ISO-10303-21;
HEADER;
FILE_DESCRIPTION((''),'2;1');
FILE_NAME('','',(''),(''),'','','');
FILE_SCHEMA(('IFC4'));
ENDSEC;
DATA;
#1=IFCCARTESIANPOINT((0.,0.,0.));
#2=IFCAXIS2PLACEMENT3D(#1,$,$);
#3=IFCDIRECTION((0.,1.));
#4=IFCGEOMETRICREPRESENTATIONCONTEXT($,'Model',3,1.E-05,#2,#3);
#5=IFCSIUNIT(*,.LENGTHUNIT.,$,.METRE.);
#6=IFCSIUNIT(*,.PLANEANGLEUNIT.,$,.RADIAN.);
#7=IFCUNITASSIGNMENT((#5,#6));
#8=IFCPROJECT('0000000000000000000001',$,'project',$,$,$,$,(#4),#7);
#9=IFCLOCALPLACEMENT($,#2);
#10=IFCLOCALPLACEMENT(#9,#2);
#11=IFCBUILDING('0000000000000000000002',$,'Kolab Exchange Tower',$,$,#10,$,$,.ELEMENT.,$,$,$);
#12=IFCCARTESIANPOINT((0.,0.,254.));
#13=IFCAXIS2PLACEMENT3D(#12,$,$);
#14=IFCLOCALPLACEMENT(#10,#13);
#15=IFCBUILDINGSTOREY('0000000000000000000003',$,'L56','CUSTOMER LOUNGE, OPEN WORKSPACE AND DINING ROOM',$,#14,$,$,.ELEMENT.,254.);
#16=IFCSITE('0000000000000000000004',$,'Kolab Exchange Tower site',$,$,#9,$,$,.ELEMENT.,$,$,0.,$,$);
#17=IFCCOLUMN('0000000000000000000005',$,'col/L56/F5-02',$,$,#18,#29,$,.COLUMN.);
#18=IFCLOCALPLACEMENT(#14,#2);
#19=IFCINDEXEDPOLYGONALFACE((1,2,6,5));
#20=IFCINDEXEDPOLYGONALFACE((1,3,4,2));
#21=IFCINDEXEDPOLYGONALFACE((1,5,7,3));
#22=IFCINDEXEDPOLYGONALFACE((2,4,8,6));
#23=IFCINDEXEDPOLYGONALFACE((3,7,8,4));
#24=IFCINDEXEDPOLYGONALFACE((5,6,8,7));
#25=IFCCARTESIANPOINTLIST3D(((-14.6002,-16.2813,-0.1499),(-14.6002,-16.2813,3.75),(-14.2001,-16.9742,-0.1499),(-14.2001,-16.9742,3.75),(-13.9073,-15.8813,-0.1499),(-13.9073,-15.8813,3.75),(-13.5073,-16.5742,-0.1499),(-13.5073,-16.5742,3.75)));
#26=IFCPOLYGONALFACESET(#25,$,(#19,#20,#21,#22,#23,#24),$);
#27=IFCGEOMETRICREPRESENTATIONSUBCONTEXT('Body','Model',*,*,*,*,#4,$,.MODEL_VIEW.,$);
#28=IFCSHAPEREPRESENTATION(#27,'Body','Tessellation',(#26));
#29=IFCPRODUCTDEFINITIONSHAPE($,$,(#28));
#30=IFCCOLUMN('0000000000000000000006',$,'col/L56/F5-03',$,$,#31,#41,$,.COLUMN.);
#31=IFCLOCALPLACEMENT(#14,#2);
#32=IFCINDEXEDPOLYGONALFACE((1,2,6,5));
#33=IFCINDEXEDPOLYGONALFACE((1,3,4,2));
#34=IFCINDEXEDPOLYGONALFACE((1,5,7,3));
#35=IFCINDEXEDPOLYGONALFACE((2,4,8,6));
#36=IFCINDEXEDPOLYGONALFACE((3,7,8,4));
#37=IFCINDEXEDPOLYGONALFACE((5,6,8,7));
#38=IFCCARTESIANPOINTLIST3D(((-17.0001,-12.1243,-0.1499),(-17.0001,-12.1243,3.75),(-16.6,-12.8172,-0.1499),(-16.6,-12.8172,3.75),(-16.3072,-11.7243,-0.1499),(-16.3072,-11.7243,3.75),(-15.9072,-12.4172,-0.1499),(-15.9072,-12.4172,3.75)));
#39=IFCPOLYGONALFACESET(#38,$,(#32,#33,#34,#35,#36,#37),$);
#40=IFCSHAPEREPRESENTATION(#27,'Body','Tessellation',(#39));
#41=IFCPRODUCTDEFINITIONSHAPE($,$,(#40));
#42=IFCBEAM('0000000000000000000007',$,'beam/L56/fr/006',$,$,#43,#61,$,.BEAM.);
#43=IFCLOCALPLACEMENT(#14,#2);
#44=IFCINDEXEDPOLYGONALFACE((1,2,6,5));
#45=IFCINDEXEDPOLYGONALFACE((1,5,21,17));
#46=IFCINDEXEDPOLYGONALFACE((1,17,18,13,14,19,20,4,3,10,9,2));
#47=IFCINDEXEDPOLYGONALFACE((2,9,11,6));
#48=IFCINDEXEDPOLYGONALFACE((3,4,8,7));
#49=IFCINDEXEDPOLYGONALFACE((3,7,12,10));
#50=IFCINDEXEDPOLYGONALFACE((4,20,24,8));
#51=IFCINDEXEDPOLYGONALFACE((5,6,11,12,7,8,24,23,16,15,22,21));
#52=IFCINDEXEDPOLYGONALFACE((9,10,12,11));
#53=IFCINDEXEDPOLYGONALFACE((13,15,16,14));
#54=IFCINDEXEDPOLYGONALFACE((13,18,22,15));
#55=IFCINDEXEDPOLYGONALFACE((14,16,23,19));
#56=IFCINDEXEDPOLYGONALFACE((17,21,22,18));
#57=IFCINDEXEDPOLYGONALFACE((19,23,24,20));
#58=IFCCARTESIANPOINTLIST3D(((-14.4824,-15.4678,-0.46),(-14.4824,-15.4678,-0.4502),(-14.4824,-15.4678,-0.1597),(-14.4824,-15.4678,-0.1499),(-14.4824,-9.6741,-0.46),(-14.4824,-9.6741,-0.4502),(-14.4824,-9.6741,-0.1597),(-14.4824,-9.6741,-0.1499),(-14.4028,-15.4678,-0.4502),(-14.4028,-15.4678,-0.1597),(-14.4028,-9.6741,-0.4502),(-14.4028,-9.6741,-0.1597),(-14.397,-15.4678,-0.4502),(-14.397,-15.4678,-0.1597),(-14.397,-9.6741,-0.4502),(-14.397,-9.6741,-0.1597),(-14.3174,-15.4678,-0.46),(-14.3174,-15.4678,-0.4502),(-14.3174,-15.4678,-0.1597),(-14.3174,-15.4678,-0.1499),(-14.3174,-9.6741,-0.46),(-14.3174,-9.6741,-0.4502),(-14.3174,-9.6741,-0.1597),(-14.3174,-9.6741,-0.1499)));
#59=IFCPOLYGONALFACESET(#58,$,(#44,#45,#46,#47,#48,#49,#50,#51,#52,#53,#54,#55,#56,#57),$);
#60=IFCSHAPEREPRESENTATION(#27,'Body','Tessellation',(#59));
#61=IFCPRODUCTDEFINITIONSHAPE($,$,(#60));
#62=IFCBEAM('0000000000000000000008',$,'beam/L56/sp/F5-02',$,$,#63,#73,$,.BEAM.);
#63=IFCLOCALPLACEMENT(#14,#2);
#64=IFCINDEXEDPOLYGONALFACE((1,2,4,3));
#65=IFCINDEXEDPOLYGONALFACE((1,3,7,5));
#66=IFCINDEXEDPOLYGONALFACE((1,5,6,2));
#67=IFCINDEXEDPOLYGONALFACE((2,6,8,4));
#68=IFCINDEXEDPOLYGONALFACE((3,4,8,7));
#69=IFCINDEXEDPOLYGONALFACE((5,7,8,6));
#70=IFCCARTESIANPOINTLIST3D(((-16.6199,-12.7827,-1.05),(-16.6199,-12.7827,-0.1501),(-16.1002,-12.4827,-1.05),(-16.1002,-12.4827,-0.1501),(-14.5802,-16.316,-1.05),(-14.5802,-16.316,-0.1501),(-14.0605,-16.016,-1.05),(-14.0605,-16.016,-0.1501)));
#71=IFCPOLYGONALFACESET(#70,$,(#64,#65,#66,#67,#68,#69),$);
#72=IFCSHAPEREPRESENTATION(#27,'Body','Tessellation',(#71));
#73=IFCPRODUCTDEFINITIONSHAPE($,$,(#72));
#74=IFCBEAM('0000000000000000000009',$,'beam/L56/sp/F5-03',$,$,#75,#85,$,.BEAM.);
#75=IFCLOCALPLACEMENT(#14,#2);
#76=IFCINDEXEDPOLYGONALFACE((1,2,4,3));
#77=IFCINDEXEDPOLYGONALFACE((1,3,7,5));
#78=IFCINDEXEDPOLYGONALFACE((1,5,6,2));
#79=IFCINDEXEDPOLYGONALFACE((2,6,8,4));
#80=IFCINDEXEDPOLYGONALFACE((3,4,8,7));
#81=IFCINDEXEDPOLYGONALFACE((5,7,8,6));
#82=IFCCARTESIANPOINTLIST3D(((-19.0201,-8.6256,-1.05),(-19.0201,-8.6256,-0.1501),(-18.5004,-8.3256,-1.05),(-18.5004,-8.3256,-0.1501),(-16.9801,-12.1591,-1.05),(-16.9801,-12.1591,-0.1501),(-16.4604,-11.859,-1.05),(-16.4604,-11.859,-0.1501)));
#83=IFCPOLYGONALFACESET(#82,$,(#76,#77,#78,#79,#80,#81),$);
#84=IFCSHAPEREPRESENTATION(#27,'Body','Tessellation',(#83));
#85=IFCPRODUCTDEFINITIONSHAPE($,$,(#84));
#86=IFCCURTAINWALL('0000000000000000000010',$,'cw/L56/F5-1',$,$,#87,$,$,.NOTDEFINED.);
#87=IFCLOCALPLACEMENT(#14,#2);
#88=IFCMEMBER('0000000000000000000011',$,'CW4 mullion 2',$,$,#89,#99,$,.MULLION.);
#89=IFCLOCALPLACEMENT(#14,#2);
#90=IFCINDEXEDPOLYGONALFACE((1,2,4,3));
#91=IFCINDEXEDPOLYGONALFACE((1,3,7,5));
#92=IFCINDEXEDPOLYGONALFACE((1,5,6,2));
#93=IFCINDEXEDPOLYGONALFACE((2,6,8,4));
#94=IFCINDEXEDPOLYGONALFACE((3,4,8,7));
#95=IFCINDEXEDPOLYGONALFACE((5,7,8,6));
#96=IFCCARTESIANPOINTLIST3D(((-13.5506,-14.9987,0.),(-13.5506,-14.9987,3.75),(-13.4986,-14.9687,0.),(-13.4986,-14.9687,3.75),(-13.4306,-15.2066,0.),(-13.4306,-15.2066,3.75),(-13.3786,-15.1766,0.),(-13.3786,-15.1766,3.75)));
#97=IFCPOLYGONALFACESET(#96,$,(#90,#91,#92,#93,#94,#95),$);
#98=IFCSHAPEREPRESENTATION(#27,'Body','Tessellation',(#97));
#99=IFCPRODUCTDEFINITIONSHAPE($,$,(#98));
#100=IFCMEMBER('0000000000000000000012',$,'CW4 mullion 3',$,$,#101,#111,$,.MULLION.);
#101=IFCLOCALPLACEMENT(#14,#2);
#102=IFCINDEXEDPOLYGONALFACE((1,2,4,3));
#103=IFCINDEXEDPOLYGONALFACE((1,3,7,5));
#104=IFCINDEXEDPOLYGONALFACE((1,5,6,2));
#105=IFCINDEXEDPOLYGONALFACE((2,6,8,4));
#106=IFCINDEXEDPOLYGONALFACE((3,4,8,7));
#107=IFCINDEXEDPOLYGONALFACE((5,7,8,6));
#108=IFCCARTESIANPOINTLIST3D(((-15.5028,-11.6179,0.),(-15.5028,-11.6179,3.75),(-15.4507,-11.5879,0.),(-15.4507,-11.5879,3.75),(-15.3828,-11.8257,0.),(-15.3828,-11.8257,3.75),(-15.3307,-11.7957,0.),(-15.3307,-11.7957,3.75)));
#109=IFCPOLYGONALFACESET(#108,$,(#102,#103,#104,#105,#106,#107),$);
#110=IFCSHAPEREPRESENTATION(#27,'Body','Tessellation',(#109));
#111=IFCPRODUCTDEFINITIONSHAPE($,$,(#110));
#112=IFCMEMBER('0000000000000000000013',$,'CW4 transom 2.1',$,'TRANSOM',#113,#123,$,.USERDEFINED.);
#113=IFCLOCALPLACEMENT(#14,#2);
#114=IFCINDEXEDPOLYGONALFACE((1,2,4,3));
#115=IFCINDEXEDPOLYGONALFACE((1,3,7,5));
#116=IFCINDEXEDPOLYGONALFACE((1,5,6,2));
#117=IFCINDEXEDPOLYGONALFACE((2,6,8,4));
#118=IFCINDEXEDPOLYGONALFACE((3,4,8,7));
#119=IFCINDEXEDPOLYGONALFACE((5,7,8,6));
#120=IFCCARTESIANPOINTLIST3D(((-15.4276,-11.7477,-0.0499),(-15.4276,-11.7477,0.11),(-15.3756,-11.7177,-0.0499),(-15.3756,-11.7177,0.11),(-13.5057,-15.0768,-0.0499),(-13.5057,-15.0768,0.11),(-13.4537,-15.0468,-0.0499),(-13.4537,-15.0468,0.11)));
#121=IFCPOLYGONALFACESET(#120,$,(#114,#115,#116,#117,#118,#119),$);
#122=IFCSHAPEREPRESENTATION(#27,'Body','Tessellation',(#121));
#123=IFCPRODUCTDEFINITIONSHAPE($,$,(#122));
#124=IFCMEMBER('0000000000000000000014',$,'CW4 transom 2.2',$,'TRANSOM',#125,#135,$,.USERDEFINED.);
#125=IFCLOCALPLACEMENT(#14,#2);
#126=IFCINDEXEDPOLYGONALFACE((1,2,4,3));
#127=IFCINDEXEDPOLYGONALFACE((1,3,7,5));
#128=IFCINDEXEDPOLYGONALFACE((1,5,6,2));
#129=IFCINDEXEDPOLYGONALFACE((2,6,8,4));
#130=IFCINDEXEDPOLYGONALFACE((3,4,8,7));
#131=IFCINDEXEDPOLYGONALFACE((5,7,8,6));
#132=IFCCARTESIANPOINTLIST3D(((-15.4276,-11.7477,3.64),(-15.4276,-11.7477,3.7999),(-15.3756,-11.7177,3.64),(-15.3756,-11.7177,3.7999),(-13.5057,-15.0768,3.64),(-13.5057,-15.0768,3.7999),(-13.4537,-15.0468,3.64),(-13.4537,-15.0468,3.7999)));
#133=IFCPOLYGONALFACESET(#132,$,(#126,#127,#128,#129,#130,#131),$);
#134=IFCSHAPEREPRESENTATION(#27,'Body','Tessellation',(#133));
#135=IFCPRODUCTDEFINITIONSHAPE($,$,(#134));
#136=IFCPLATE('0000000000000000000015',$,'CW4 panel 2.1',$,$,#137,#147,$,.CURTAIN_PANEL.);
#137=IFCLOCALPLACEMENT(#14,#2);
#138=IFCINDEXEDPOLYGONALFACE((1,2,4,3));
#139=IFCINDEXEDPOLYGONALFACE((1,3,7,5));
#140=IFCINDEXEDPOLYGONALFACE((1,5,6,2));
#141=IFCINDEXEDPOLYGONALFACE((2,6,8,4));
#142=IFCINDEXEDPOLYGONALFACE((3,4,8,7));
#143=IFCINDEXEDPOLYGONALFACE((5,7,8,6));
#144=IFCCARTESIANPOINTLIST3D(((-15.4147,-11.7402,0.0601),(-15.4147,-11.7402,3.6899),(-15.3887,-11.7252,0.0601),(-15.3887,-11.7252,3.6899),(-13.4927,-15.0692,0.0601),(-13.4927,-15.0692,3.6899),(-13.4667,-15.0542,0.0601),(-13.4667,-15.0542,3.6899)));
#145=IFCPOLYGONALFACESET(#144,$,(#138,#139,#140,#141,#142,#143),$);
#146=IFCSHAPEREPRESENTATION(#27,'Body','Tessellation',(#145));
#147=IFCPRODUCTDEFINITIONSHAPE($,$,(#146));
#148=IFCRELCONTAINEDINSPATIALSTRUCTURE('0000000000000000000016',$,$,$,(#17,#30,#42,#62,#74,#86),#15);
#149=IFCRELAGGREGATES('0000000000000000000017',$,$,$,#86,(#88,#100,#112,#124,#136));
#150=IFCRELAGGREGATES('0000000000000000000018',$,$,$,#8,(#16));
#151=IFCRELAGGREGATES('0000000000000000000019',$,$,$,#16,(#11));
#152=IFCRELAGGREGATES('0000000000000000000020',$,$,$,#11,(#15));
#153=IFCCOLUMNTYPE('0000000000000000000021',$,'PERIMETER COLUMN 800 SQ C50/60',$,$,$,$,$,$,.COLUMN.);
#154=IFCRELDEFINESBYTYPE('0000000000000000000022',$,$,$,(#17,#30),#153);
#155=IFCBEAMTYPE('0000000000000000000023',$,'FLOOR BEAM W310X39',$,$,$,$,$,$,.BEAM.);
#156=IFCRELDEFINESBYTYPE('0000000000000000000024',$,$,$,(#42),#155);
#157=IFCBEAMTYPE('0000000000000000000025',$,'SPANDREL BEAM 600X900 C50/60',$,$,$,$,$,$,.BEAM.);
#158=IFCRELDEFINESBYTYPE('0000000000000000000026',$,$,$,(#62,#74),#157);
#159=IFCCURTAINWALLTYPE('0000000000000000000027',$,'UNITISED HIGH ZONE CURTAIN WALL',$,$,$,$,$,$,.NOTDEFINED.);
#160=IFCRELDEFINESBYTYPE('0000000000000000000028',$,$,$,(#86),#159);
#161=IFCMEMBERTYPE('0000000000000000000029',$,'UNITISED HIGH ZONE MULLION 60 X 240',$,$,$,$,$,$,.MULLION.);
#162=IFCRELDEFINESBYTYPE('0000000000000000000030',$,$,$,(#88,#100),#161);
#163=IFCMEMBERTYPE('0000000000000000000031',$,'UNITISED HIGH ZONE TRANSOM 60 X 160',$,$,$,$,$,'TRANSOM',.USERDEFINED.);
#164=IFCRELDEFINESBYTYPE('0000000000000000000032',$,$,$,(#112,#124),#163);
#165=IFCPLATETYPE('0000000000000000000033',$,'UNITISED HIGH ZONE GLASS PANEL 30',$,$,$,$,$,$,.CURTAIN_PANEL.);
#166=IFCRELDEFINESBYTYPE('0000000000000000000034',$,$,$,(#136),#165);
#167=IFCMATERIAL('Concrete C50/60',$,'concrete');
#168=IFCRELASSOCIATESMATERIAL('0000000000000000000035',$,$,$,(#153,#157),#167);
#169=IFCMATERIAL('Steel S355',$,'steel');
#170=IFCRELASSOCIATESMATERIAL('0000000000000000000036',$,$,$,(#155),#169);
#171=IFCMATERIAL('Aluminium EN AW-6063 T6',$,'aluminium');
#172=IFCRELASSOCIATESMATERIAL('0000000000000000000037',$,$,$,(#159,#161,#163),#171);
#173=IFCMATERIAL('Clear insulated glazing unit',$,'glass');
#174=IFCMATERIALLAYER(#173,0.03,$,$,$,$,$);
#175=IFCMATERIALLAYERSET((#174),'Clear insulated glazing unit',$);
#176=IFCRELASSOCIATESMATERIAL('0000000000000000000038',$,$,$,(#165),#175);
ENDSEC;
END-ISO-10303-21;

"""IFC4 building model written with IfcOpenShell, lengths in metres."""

from ifc_helpers import new_model, si_unit, direction, frame, origin, origin_2d, place, context, subcontext, project, spatial, rectangle, i_section, extrude, material, layer, layer_set, material_profile, profile_set, type_object, element, aggregate, save


model = new_model("IFC4")

# Units and contexts
model_context = context("Model", 3, precision=1e-05, world=origin(), true_north=direction((0.0, 1.0)))
body_context = subcontext(model_context, "Body", "Model", "MODEL_VIEW")
ifc_project = project(units=[si_unit("LENGTHUNIT", "METRE"), si_unit("PLANEANGLEUNIT", "RADIAN")], contexts=[model_context])

# Site, building, storey
site_placement = place(None, origin())
site = spatial("IfcSite", under=ifc_project, at=site_placement, Name="Kolab Exchange Tower site", CompositionType="ELEMENT", RefElevation=0.0)
building_placement = place(site_placement, origin())
building = spatial("IfcBuilding", under=site, at=building_placement, Name="Kolab Exchange Tower", CompositionType="ELEMENT")
storey_placement = place(building_placement, frame((0.0, 0.0, 254.0)))
storey = spatial("IfcBuildingStorey", under=building, at=storey_placement, Name="L56", Description="CUSTOMER LOUNGE, OPEN WORKSPACE AND DINING ROOM", CompositionType="ELEMENT", Elevation=254.0)

# Columns
ifc_material_1 = material(Name="Concrete C50/60", Category="concrete")
ifc_material_profile_1 = material_profile(ifc_material_1, rectangle(XDim=0.8, YDim=0.8, at=origin_2d()), Name="RC800")
ifc_profile_set_1 = profile_set([ifc_material_profile_1], Name="Concrete C50/60")
column_type = type_object("IfcColumnType", Name="PERIMETER COLUMN 800 SQ C50/60", PredefinedType="COLUMN", material=ifc_profile_set_1)
for number, where, z_axis, x_axis, name in (
    (1, (-14.0537, -16.4277, -0.1499), (0.0, 0.0, 1.0), (0.866025, 0.5, 0.0), "col/L56/F5-02"),
    (2, (-16.4536, -12.2708, -0.1499), (0.0, 0.0, 1.0), (0.866025, 0.5, 0.0), "col/L56/F5-03"),
):
    element("IfcColumn", number, at=place(storey_placement, frame(where, z_axis=z_axis, x_axis=x_axis)), inside=storey, type_object=column_type, Name=name, PredefinedType="COLUMN", context=body_context, shape_type="SweptSolid", body=[
        extrude(rectangle(XDim=0.8, YDim=0.8, at=origin_2d()), origin(), (0.0, 0.0, 1.0), 3.8999),
    ])

# Beams
ifc_material_2 = material(Name="Steel S355", Category="steel")
ifc_material_profile_2 = material_profile(ifc_material_2, i_section(OverallWidth=0.165, OverallDepth=0.3101, WebThickness=0.0059, FlangeThickness=0.0098, at=origin_2d()), Name="W310X39")
ifc_profile_set_2 = profile_set([ifc_material_profile_2], Name="Steel S355")
beam_type_1 = type_object("IfcBeamType", Name="FLOOR BEAM W310X39", PredefinedType="BEAM", material=ifc_profile_set_2)
beam_1_placement = place(storey_placement, frame((-14.3999, -15.4678, -0.3049), z_axis=(0.0, 1.0, 0.0), x_axis=(-1.0, 0.0, 0.0)))
element("IfcBeam", 3, at=beam_1_placement, inside=storey, type_object=beam_type_1, Name="beam/L56/fr/006", PredefinedType="BEAM", context=body_context, shape_type="SweptSolid", body=[
    extrude(i_section(OverallWidth=0.165, OverallDepth=0.3101, WebThickness=0.0059, FlangeThickness=0.0098, at=origin_2d()), origin(), (0.0, 0.0, 1.0), 5.7937),
])
ifc_material_profile_3 = material_profile(ifc_material_1, rectangle(XDim=0.6001, YDim=0.8999, at=origin_2d()), Name="RC600X900")
ifc_profile_set_3 = profile_set([ifc_material_profile_3], Name="Concrete C50/60")
beam_type_2 = type_object("IfcBeamType", Name="SPANDREL BEAM 600X900 C50/60", PredefinedType="BEAM", material=ifc_profile_set_3)
beam_2_placement = place(storey_placement, frame((-14.3203, -16.166, -0.6001), z_axis=(-0.499956, 0.866051, 0.0), x_axis=(-0.866051, -0.499956, 0.0)))
element("IfcBeam", 4, at=beam_2_placement, inside=storey, type_object=beam_type_2, Name="beam/L56/sp/F5-02", PredefinedType="BEAM", context=body_context, shape_type="SweptSolid", body=[
    extrude(rectangle(XDim=0.6001, YDim=0.8999, at=origin_2d()), origin(), (0.0, 0.0, 1.0), 4.0798),
])
beam_3_placement = place(storey_placement, frame((-16.7202, -12.009, -0.6001), z_axis=(-0.5, 0.866025, 0.0), x_axis=(-0.866025, -0.5, 0.0)))
element("IfcBeam", 5, at=beam_3_placement, inside=storey, type_object=beam_type_2, Name="beam/L56/sp/F5-03", PredefinedType="BEAM", context=body_context, shape_type="SweptSolid", body=[
    extrude(rectangle(XDim=0.6001, YDim=0.8999, at=origin_2d()), origin(), (0.0, 0.0, 1.0), 4.0801),
])

# Curtain wall, members, plate
ifc_material_3 = material(Name="Aluminium EN AW-6063 T6", Category="aluminium")
curtain_wall_type = type_object("IfcCurtainWallType", Name="UNITISED HIGH ZONE CURTAIN WALL", PredefinedType="NOTDEFINED", material=ifc_material_3)
curtain_wall_placement = place(storey_placement, origin())
curtain_wall = element("IfcCurtainWall", 6, at=curtain_wall_placement, inside=storey, type_object=curtain_wall_type, Name="cw/L56/F5-1", PredefinedType="NOTDEFINED")
ifc_material_profile_4 = material_profile(ifc_material_3, rectangle(XDim=0.0601, YDim=0.24, at=origin_2d()), Name="RECT 60X240")
ifc_profile_set_4 = profile_set([ifc_material_profile_4], Name="Aluminium EN AW-6063 T6")
member_type_1 = type_object("IfcMemberType", Name="UNITISED HIGH ZONE MULLION 60 X 240", PredefinedType="MULLION", material=ifc_profile_set_4)
member_1_placement = place(storey_placement, frame((-13.4646, -15.0876, 0.0), z_axis=(0.0, 0.0, 1.0), x_axis=(-0.866025, -0.5, 0.0)))
member_1 = element("IfcMember", 7, at=member_1_placement, type_object=member_type_1, Name="CW4 mullion 2", PredefinedType="MULLION", context=body_context, shape_type="SweptSolid", body=[
    extrude(rectangle(XDim=0.0601, YDim=0.24, at=origin_2d()), origin(), (0.0, 0.0, 1.0), 3.75),
])
member_2_placement = place(storey_placement, frame((-15.4167, -11.7068, 0.0), z_axis=(0.0, 0.0, 1.0), x_axis=(-0.866025, -0.5, 0.0)))
member_2 = element("IfcMember", 8, at=member_2_placement, type_object=member_type_1, Name="CW4 mullion 3", PredefinedType="MULLION", context=body_context, shape_type="SweptSolid", body=[
    extrude(rectangle(XDim=0.0601, YDim=0.24, at=origin_2d()), origin(), (0.0, 0.0, 1.0), 3.75),
])
ifc_material_profile_5 = material_profile(ifc_material_3, rectangle(XDim=0.0601, YDim=0.1599, at=origin_2d()), Name="RECT 60X160")
ifc_profile_set_5 = profile_set([ifc_material_profile_5], Name="Aluminium EN AW-6063 T6")
member_type_2 = type_object("IfcMemberType", Name="UNITISED HIGH ZONE TRANSOM 60 X 160", ElementType="TRANSOM", PredefinedType="USERDEFINED", material=ifc_profile_set_5)
member_3_placement = place(storey_placement, frame((-13.4797, -15.0618, 0.03), z_axis=(-0.499964, 0.866046, 0.0), x_axis=(-0.866046, -0.499964, 0.0)))
member_3 = element("IfcMember", 9, at=member_3_placement, type_object=member_type_2, Name="CW4 transom 2.1", ObjectType="TRANSOM", PredefinedType="USERDEFINED", context=body_context, shape_type="SweptSolid", body=[
    extrude(rectangle(XDim=0.0601, YDim=0.1599, at=origin_2d()), origin(), (0.0, 0.0, 1.0), 3.844),
])
member_4_placement = place(storey_placement, frame((-13.4797, -15.0618, 3.72), z_axis=(-0.499964, 0.866046, 0.0), x_axis=(-0.866046, -0.499964, 0.0)))
member_4 = element("IfcMember", 10, at=member_4_placement, type_object=member_type_2, Name="CW4 transom 2.2", ObjectType="TRANSOM", PredefinedType="USERDEFINED", context=body_context, shape_type="SweptSolid", body=[
    extrude(rectangle(XDim=0.0601, YDim=0.1599, at=origin_2d()), origin(), (0.0, 0.0, 1.0), 3.844),
])
ifc_material_4 = material(Name="Clear insulated glazing unit", Category="glass")
ifc_layer_1 = layer(ifc_material_4, 0.03)
ifc_layer_set_1 = layer_set([ifc_layer_1], Name="Clear insulated glazing unit")
plate_type = type_object("IfcPlateType", Name="UNITISED HIGH ZONE GLASS PANEL 30", PredefinedType="CURTAIN_PANEL", material=ifc_layer_set_1)
plate_placement = place(storey_placement, frame((-14.4407, -13.3972, 0.0601), z_axis=(0.0, 0.0, 1.0), x_axis=(-0.5, 0.866025, 0.0)))
plate = element("IfcPlate", 11, at=plate_placement, type_object=plate_type, Name="CW4 panel 2.1", PredefinedType="CURTAIN_PANEL", context=body_context, shape_type="SweptSolid", body=[
    extrude(rectangle(XDim=3.844, YDim=0.03, at=origin_2d()), origin(), (0.0, 0.0, 1.0), 3.6299),
])
aggregate(curtain_wall, [member_1, member_2, member_3, member_4, plate])

save(model, "model.ifc")
